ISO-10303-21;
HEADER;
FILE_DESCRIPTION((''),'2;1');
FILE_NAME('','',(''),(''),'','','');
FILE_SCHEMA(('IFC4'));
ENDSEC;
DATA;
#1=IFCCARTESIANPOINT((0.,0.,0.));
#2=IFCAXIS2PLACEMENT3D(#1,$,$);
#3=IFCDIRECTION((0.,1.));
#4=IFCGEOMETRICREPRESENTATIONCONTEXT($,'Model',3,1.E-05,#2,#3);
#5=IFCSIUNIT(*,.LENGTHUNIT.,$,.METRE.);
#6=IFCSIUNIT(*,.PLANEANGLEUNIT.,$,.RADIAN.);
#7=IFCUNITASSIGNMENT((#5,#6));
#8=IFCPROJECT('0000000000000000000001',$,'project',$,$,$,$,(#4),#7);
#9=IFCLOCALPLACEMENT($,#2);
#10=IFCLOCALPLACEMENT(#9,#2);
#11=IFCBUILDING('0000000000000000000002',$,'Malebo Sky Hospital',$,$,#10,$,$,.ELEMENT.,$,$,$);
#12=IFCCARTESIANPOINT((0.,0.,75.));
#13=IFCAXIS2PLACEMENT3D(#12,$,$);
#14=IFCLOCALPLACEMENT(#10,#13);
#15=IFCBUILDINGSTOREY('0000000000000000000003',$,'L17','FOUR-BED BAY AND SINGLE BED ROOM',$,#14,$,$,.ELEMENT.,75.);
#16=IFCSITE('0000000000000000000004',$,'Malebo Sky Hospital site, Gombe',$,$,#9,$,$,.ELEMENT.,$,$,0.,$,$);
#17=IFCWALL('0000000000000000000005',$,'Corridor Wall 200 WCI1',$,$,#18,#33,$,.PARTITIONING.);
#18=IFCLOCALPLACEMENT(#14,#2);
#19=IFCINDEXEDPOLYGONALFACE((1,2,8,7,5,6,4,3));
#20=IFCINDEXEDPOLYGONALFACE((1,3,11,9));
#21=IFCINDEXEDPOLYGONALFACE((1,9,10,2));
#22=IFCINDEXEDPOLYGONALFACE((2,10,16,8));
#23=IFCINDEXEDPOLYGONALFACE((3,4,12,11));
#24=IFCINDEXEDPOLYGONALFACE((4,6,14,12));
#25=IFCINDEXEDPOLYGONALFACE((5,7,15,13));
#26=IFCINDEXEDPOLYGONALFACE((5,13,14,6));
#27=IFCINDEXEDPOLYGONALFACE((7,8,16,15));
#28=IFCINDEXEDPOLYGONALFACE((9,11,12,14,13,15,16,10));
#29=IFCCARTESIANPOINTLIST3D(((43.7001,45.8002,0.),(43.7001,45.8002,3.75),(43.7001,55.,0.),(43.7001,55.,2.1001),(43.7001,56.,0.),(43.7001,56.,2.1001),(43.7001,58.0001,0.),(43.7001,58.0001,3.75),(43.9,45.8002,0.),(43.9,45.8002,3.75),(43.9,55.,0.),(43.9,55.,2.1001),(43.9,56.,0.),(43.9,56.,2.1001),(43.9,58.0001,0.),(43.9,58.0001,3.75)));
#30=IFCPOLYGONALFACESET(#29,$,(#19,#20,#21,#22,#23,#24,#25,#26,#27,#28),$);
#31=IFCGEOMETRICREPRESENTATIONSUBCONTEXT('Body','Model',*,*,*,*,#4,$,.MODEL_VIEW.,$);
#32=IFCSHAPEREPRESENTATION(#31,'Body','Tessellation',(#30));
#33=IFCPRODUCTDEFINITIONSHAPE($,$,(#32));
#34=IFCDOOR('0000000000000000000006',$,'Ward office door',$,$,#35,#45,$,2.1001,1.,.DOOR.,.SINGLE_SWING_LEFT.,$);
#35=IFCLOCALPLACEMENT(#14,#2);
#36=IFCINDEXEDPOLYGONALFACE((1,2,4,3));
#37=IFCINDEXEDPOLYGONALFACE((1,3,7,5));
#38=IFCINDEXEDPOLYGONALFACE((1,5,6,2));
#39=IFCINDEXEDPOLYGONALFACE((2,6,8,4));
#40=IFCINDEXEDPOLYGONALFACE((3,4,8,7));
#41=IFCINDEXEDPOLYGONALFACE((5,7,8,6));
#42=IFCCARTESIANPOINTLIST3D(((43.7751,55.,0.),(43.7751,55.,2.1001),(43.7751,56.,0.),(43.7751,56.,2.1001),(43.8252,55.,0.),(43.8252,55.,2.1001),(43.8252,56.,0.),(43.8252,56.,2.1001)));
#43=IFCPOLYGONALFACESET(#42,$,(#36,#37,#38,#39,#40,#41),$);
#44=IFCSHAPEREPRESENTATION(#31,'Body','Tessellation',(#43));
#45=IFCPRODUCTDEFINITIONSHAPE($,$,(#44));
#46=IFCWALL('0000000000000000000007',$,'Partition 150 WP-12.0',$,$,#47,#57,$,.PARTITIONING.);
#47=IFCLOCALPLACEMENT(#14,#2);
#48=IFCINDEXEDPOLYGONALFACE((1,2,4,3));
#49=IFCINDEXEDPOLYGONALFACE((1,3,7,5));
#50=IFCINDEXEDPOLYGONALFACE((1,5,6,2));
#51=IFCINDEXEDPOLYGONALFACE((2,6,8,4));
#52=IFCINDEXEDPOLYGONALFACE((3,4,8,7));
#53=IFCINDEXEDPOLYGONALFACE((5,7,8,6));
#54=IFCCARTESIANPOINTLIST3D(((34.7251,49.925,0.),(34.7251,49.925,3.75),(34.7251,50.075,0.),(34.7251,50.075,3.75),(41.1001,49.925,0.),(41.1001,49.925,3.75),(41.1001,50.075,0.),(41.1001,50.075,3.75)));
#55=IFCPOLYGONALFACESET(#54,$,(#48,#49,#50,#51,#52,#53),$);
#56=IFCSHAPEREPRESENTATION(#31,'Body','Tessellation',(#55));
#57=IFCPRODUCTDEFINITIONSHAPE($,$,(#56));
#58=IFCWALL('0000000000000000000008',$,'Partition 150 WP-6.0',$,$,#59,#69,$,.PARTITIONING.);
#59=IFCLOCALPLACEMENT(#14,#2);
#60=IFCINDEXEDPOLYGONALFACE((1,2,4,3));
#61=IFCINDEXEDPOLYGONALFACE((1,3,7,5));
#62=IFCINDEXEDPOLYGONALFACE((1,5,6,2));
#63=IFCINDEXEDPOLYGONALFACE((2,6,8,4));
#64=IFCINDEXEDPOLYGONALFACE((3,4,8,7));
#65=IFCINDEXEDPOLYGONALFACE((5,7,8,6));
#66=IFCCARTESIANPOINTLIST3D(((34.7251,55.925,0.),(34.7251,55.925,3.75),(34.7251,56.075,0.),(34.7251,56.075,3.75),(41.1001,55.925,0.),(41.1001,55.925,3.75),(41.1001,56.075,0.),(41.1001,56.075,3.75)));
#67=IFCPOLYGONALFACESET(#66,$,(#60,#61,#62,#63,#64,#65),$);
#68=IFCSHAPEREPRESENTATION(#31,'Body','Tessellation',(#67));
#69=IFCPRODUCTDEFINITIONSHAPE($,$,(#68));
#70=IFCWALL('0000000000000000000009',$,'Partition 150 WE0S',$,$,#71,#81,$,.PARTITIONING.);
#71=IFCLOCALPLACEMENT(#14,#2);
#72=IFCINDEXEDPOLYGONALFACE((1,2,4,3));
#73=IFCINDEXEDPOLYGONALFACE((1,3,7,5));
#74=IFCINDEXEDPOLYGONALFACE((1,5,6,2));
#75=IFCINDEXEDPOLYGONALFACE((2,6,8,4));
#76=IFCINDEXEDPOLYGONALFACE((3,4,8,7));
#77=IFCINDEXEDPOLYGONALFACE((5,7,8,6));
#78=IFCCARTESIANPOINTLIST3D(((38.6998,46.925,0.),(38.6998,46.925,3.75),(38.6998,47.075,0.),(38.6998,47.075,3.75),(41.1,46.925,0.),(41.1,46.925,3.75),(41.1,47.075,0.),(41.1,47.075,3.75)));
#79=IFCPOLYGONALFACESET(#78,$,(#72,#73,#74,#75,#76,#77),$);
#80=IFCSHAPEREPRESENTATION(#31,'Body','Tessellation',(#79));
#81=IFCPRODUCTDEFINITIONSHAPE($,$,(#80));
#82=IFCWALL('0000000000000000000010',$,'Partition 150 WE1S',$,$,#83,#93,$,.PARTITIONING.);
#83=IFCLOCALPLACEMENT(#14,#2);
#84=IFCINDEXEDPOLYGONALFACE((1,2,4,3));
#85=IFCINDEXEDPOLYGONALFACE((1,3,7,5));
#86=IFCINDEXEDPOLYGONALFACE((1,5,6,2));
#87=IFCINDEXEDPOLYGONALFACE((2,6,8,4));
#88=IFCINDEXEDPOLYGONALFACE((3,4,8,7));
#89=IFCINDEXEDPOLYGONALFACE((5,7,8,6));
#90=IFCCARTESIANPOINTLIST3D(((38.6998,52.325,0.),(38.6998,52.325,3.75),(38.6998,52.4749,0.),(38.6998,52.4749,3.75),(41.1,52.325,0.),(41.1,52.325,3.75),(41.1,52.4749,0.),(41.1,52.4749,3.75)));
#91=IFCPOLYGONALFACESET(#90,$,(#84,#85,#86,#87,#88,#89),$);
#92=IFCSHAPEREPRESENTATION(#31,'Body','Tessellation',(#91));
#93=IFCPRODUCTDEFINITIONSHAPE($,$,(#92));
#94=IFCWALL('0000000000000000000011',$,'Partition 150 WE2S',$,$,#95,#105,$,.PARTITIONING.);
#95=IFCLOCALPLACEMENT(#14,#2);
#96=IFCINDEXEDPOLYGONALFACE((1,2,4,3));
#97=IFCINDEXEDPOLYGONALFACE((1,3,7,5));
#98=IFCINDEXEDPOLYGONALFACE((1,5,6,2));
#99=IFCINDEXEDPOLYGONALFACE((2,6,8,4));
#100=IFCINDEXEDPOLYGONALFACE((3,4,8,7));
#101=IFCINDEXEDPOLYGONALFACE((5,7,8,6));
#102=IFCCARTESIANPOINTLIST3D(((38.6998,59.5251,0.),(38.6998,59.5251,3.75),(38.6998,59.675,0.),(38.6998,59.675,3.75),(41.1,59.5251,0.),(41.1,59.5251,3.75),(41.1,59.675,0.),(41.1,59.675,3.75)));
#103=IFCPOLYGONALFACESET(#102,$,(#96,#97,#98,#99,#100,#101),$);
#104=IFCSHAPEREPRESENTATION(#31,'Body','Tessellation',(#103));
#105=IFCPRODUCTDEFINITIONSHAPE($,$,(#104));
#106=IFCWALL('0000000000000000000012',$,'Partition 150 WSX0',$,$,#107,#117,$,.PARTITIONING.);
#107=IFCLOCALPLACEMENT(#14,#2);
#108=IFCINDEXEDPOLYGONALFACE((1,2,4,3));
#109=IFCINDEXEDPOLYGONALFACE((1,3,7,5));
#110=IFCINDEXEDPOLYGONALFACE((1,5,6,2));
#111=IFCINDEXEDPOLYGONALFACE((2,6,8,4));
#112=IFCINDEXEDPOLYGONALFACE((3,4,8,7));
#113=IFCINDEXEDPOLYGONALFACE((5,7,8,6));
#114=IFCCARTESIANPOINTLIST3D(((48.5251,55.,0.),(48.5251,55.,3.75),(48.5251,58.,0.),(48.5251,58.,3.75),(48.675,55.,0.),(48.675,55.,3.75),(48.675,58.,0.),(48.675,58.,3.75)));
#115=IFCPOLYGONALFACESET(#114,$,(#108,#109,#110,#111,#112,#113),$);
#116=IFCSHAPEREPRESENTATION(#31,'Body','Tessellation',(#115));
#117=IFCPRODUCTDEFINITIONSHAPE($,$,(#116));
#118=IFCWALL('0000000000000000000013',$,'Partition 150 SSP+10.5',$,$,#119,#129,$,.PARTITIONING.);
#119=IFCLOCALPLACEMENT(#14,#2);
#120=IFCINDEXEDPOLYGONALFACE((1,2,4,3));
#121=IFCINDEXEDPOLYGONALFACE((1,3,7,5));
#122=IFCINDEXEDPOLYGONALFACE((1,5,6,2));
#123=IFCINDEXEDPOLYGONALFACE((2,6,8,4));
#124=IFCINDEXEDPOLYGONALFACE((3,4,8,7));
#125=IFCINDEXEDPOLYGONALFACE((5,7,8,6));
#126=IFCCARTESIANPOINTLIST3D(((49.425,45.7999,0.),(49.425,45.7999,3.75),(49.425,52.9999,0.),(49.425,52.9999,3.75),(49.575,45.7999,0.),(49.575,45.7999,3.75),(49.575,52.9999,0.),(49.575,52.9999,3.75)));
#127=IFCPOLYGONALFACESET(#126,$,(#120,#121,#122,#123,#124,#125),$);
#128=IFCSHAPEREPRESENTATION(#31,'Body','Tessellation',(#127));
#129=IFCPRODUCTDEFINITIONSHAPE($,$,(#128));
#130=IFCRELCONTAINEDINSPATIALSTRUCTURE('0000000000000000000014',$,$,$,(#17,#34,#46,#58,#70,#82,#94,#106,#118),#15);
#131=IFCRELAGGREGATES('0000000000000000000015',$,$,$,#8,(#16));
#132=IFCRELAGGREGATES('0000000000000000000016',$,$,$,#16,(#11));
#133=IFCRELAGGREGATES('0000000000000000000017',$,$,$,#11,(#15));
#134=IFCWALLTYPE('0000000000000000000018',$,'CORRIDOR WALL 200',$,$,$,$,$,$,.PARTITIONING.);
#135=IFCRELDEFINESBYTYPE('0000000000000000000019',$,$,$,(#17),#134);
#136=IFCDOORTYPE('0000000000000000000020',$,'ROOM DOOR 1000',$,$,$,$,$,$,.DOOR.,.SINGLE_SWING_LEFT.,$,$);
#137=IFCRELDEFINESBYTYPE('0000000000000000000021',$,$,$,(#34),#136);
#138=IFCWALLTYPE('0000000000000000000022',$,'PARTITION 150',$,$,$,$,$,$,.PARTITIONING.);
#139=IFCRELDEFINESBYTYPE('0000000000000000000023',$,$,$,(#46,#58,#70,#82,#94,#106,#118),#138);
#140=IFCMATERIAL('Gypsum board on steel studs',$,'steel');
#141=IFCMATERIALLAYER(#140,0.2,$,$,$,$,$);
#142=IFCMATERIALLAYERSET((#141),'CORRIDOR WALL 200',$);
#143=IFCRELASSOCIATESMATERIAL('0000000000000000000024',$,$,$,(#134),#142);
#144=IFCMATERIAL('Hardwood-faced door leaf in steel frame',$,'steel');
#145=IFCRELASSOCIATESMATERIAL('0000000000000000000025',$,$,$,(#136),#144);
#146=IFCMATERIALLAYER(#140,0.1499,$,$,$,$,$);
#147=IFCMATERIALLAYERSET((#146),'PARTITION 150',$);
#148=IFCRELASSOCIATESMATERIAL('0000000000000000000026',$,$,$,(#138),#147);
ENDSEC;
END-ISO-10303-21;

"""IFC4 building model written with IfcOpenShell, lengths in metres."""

from ifc_helpers import new_model, si_unit, direction, frame, frame_2d, origin, place, context, subcontext, project, spatial, rectangle, extrude, material, layer, layer_set, type_object, element, fill, save


model = new_model("IFC4")

# Units and contexts
model_context = context("Model", 3, precision=1e-05, world=origin(), true_north=direction((0.0, 1.0)))
body_context = subcontext(model_context, "Body", "Model", "MODEL_VIEW")
ifc_project = project(units=[si_unit("LENGTHUNIT", "METRE"), si_unit("PLANEANGLEUNIT", "RADIAN")], contexts=[model_context])

# Site, building, storey
site_placement = place(None, origin())
site = spatial("IfcSite", under=ifc_project, at=site_placement, Name="Malebo Sky Hospital site, Gombe", CompositionType="ELEMENT", RefElevation=0.0)
building_placement = place(site_placement, origin())
building = spatial("IfcBuilding", under=site, at=building_placement, Name="Malebo Sky Hospital", CompositionType="ELEMENT")
storey_placement = place(building_placement, frame((0.0, 0.0, 75.0)))
storey = spatial("IfcBuildingStorey", under=building, at=storey_placement, Name="L17", Description="FOUR-BED BAY AND SINGLE BED ROOM", CompositionType="ELEMENT", Elevation=75.0)

# Wall, opening, door
ifc_material_1 = material(Name="Gypsum board on steel studs", Category="steel")
ifc_layer_1 = layer(ifc_material_1, 0.2)
ifc_layer_set_1 = layer_set([ifc_layer_1], Name="CORRIDOR WALL 200")
wall_type_1 = type_object("IfcWallType", Name="CORRIDOR WALL 200", PredefinedType="PARTITIONING", material=ifc_layer_set_1)
wall_1_placement = place(storey_placement, frame((43.8, 45.8, 0.0), z_axis=(0.0, 0.0, 1.0), x_axis=(0.0, 1.0, 0.0)))
wall_1 = element("IfcWall", 1, at=wall_1_placement, inside=storey, type_object=wall_type_1, Name="Corridor Wall 200 WCI1", PredefinedType="PARTITIONING", context=body_context, shape_type="SweptSolid", body=[
    extrude(rectangle(XDim=12.2, YDim=0.2, at=frame_2d((6.1001, 0.0))), origin(), (0.0, 0.0, 1.0), 3.75),
])
opening_placement = place(wall_1_placement, frame((9.2, 0.0, 0.0)))
opening = element("IfcOpeningElement", 2, at=opening_placement, cuts=wall_1, PredefinedType="OPENING", context=body_context, shape_type="SweptSolid", body=[
    extrude(rectangle(XDim=1.0, YDim=2.1001, at=frame_2d((0.5, 1.05))), frame((0.0, 0.1099, 0.0), z_axis=(0.0, -1.0, 0.0), x_axis=(1.0, 0.0, 0.0)), (0.0, 0.0, 1.0), 0.22),
])
ifc_material_2 = material(Name="Hardwood-faced door leaf in steel frame", Category="steel")
door_type = type_object("IfcDoorType", Name="ROOM DOOR 1000", OperationType="SINGLE_SWING_LEFT", PredefinedType="DOOR", material=ifc_material_2)
door_placement = place(opening_placement, origin())
door = element("IfcDoor", 3, at=door_placement, inside=storey, type_object=door_type, Name="Ward office door", OperationType="SINGLE_SWING_LEFT", OverallHeight=2.1001, OverallWidth=1.0, PredefinedType="DOOR", context=body_context, shape_type="SweptSolid", body=[
    extrude(rectangle(XDim=1.0, YDim=2.1001, at=frame_2d((0.5, 1.05))), frame((0.0, 0.0249, 0.0), z_axis=(0.0, -1.0, 0.0), x_axis=(1.0, 0.0, 0.0)), (0.0, 0.0, 1.0), 0.05),
])
fill(opening, door)

# Walls
ifc_layer_2 = layer(ifc_material_1, 0.1499)
ifc_layer_set_2 = layer_set([ifc_layer_2], Name="PARTITION 150")
wall_type_2 = type_object("IfcWallType", Name="PARTITION 150", PredefinedType="PARTITIONING", material=ifc_layer_set_2)
for number, where, z_axis, x_axis, name in (
    (4, (41.1001, 50.0, 0.0), (0.0, 0.0, 1.0), (-1.0, 0.0, 0.0), "Partition 150 WP-12.0"),
    (5, (41.1001, 56.0, 0.0), (0.0, 0.0, 1.0), (-1.0, 0.0, 0.0), "Partition 150 WP-6.0"),
):
    element("IfcWall", number, at=place(storey_placement, frame(where, z_axis=z_axis, x_axis=x_axis)), inside=storey, type_object=wall_type_2, Name=name, PredefinedType="PARTITIONING", context=body_context, shape_type="SweptSolid", body=[
        extrude(rectangle(XDim=6.375, YDim=0.1499, at=frame_2d((3.1875, 0.0))), origin(), (0.0, 0.0, 1.0), 3.75),
    ])
for number, where, z_axis, x_axis, name in (
    (6, (41.1001, 47.0, 0.0), (0.0, 0.0, 1.0), (-1.0, 0.0, 0.0), "Partition 150 WE0S"),
    (7, (41.1001, 52.3999, 0.0), (0.0, 0.0, 1.0), (-1.0, 0.0, 0.0), "Partition 150 WE1S"),
    (8, (41.1001, 59.6001, 0.0), (0.0, 0.0, 1.0), (-1.0, 0.0, 0.0), "Partition 150 WE2S"),
):
    element("IfcWall", number, at=place(storey_placement, frame(where, z_axis=z_axis, x_axis=x_axis)), inside=storey, type_object=wall_type_2, Name=name, PredefinedType="PARTITIONING", context=body_context, shape_type="SweptSolid", body=[
        extrude(rectangle(XDim=2.4001, YDim=0.1499, at=frame_2d((1.2002, 0.0))), origin(), (0.0, 0.0, 1.0), 3.75),
    ])
wall_2_placement = place(storey_placement, frame((48.6001, 55.0, 0.0), z_axis=(0.0, 0.0, 1.0), x_axis=(0.0, 1.0, 0.0)))
element("IfcWall", 9, at=wall_2_placement, inside=storey, type_object=wall_type_2, Name="Partition 150 WSX0", PredefinedType="PARTITIONING", context=body_context, shape_type="SweptSolid", body=[
    extrude(rectangle(XDim=3.0, YDim=0.1499, at=frame_2d((1.5, 0.0))), origin(), (0.0, 0.0, 1.0), 3.75),
])
wall_3_placement = place(storey_placement, frame((49.5, 53.0, 0.0), z_axis=(0.0, 0.0, 1.0), x_axis=(0.0, -1.0, 0.0)))
element("IfcWall", 10, at=wall_3_placement, inside=storey, type_object=wall_type_2, Name="Partition 150 SSP+10.5", PredefinedType="PARTITIONING", context=body_context, shape_type="SweptSolid", body=[
    extrude(rectangle(XDim=7.2, YDim=0.1499, at=frame_2d((3.6001, 0.0))), origin(), (0.0, 0.0, 1.0), 3.75),
])

save(model, "model.ifc")
